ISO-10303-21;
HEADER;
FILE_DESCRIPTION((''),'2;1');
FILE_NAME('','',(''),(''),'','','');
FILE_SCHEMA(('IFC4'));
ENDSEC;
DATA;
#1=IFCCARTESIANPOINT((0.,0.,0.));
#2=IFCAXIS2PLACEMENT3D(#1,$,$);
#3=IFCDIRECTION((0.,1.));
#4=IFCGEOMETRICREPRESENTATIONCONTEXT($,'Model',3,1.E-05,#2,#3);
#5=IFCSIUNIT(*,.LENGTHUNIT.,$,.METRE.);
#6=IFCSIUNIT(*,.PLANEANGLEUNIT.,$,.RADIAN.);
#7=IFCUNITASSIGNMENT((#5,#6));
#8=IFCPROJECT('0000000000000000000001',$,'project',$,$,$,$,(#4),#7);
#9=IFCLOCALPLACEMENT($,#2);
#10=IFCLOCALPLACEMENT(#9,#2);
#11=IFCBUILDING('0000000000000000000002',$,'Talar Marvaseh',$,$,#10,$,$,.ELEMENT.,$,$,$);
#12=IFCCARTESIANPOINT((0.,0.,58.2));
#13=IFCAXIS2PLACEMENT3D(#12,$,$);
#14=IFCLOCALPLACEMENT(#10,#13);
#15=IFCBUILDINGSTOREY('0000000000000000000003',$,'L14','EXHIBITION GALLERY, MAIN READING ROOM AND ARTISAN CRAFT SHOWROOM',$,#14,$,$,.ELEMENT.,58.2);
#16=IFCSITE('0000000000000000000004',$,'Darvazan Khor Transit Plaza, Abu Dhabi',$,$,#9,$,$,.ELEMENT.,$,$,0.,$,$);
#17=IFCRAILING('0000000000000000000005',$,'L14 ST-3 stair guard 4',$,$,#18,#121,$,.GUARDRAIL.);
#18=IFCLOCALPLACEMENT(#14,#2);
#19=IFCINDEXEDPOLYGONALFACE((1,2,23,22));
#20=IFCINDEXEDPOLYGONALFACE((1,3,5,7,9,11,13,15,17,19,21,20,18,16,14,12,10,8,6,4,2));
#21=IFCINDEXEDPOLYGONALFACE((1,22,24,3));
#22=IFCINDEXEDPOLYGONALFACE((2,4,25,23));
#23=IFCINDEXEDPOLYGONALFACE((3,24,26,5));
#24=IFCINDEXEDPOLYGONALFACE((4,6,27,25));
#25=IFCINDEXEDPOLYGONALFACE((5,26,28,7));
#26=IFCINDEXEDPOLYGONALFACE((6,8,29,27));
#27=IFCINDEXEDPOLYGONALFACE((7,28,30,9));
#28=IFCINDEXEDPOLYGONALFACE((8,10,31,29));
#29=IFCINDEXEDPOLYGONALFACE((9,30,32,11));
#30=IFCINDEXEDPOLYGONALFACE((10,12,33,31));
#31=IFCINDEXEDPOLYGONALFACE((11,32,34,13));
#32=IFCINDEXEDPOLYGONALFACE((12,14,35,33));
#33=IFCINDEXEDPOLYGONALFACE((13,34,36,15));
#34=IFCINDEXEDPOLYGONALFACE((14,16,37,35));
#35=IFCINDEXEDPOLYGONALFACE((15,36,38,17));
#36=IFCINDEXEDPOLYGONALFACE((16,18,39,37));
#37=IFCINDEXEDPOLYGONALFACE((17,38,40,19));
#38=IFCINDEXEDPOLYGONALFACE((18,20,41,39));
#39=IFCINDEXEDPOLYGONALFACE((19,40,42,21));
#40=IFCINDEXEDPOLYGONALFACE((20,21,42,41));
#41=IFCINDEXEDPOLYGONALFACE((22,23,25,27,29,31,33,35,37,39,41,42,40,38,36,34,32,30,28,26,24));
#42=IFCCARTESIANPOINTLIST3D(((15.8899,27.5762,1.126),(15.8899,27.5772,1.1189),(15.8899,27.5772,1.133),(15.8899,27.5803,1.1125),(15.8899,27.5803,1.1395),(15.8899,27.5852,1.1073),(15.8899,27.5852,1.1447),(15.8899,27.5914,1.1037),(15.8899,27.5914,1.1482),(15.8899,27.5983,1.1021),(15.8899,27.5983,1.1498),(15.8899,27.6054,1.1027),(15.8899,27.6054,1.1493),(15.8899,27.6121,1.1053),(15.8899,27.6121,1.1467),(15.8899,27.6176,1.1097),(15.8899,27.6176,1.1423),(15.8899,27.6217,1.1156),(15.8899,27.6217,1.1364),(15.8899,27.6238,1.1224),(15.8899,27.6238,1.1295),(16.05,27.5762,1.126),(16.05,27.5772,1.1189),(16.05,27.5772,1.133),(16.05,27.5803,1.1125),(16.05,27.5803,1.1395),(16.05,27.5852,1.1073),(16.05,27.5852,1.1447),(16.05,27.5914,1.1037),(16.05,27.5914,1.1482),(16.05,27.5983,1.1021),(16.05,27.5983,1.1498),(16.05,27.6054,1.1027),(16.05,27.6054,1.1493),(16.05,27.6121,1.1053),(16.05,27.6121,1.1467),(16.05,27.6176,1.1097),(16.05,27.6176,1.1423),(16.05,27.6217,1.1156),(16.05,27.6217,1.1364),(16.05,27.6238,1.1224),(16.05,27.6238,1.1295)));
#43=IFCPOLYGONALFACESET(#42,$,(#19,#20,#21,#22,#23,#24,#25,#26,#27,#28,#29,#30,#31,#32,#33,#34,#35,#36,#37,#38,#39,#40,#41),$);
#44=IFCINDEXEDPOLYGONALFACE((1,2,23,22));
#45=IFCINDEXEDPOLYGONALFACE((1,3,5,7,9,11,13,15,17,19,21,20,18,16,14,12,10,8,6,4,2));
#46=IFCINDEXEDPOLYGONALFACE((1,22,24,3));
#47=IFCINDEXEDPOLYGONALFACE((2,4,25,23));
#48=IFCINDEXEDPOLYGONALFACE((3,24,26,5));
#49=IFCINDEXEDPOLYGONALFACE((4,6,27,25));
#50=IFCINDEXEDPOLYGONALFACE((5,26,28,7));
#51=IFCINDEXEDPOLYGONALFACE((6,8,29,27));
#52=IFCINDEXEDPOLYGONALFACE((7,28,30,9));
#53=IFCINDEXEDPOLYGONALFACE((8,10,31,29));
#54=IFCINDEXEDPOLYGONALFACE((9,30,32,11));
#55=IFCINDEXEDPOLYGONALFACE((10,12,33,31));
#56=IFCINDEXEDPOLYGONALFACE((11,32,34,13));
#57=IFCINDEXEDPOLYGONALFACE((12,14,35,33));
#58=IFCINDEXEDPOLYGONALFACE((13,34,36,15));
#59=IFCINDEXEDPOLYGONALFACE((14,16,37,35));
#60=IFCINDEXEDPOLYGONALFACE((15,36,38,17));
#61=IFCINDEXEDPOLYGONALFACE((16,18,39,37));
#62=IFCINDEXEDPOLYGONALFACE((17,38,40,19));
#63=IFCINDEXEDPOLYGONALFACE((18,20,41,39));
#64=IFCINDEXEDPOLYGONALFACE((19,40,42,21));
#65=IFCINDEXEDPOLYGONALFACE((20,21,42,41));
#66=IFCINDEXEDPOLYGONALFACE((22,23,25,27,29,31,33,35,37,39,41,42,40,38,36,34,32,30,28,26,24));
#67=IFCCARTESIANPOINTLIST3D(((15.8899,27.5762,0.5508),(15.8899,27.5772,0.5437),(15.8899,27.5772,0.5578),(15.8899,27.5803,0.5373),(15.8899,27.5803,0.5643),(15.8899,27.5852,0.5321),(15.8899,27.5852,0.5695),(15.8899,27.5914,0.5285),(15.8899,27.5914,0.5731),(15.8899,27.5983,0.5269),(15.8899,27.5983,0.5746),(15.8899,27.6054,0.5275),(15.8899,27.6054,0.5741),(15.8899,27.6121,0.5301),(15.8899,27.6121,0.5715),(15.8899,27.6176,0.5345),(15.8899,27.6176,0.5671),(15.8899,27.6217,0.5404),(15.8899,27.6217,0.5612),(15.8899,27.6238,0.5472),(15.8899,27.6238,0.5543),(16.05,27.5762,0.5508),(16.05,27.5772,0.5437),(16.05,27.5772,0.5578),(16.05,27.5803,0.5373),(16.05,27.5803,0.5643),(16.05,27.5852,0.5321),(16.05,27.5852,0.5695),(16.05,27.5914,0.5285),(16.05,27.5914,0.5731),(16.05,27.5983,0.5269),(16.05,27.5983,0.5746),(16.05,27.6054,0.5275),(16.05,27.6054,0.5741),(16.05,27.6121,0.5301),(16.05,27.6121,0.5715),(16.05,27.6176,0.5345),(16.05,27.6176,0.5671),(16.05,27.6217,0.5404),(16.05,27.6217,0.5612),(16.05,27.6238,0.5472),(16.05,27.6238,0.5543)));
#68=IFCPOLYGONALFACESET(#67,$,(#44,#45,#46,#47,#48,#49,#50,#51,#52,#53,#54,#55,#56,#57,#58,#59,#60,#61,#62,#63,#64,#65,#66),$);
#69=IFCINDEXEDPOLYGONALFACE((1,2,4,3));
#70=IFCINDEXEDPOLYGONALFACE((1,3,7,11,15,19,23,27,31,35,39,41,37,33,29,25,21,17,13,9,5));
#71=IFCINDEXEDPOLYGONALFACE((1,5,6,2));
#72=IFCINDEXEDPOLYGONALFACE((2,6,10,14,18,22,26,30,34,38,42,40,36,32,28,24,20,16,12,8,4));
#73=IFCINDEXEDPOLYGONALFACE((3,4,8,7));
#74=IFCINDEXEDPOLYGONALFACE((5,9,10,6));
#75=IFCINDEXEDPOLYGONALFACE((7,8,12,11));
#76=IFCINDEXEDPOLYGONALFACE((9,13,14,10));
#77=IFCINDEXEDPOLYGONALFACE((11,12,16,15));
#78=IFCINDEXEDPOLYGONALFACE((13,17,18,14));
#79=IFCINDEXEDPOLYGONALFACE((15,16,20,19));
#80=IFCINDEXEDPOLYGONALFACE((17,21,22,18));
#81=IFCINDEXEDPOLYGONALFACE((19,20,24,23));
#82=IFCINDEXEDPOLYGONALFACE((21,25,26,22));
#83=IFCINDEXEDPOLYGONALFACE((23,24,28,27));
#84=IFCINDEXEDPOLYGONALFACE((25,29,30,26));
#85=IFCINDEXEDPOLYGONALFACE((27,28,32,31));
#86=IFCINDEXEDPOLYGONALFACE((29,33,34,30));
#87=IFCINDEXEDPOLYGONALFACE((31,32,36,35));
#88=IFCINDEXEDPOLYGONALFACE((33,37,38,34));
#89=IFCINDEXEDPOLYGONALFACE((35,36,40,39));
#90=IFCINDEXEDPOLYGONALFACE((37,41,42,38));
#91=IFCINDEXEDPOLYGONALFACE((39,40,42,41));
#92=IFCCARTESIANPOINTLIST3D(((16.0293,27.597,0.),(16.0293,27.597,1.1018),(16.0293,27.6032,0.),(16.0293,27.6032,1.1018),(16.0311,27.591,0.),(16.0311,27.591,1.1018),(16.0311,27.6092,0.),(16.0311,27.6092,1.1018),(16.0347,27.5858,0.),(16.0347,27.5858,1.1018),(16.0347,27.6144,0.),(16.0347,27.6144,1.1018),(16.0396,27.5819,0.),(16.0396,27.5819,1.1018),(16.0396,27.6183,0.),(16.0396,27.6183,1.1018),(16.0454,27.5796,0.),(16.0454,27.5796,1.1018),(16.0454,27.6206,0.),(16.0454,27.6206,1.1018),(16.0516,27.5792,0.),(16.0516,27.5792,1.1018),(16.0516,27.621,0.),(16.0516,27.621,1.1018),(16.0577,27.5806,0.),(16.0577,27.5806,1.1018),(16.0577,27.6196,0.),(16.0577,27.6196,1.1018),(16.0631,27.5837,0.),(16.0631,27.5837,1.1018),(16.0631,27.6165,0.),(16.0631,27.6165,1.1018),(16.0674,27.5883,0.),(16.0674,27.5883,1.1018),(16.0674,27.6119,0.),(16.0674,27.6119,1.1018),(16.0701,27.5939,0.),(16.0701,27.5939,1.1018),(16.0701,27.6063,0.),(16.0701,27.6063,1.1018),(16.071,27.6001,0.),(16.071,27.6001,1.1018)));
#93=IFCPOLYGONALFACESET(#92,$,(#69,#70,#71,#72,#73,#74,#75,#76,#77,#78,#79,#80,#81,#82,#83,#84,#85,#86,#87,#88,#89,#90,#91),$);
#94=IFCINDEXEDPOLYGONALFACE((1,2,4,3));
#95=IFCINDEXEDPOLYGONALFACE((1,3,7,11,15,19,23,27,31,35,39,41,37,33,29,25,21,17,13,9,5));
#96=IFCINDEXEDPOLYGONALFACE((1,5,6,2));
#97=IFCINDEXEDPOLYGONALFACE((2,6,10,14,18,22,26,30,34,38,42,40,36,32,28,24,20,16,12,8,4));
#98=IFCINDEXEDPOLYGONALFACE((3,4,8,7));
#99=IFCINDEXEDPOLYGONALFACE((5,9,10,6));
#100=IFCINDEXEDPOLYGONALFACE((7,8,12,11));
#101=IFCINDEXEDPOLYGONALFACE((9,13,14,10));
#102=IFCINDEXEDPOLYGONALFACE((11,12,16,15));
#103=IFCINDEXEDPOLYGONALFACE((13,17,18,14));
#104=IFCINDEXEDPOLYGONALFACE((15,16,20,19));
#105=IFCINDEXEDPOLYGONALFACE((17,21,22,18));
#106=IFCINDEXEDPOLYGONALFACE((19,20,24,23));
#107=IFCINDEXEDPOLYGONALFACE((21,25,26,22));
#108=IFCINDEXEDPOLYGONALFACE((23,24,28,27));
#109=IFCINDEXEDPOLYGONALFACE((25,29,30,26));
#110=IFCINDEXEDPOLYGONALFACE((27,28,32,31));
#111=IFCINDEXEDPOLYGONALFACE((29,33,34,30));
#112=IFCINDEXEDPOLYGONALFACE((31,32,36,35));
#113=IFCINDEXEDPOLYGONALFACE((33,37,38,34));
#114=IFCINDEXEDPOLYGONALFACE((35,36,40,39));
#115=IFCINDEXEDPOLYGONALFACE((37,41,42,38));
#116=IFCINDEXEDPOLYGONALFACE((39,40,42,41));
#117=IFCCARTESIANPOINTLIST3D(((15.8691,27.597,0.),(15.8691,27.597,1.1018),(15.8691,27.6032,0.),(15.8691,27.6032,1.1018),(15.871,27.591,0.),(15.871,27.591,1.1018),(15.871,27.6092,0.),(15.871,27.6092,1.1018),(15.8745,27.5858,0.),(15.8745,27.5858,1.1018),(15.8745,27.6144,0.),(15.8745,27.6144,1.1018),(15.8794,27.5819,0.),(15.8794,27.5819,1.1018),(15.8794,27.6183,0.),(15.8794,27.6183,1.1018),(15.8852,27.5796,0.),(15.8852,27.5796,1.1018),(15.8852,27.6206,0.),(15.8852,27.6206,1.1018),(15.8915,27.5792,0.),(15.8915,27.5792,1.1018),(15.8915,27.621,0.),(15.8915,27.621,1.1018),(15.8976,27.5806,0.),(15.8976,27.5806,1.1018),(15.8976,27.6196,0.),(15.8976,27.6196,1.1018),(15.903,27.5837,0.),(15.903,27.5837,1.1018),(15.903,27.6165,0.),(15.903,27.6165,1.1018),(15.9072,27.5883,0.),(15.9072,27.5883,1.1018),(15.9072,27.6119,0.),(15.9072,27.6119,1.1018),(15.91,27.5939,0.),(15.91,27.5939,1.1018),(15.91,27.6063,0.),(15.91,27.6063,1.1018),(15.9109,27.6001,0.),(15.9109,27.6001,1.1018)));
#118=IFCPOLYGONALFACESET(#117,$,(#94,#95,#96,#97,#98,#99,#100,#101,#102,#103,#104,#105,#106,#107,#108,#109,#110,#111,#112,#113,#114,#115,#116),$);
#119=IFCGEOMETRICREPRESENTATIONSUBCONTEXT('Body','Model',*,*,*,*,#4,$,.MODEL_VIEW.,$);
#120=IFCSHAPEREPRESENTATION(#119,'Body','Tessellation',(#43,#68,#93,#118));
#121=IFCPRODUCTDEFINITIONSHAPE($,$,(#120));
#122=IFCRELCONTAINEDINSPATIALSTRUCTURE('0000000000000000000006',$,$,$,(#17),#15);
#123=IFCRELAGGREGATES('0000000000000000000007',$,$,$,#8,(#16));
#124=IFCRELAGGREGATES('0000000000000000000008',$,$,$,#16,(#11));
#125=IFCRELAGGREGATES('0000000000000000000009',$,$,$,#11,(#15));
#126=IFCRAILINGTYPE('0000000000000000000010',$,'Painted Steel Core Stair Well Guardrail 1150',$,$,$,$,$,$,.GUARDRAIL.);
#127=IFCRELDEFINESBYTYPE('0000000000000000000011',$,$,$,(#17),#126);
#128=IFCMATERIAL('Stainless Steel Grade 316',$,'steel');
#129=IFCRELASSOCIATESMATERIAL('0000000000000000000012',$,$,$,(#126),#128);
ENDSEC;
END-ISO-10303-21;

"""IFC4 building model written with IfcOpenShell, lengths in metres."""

from ifc_helpers import new_model, si_unit, direction, frame, origin, origin_2d, place, context, subcontext, project, spatial, circle, extrude, material, type_object, element, save


model = new_model("IFC4")

# Units and contexts
model_context = context("Model", 3, precision=1e-05, world=origin(), true_north=direction((0.0, 1.0)))
body_context = subcontext(model_context, "Body", "Model", "MODEL_VIEW")
ifc_project = project(units=[si_unit("LENGTHUNIT", "METRE"), si_unit("PLANEANGLEUNIT", "RADIAN")], contexts=[model_context])

# Site, building, storey
site_placement = place(None, origin())
site = spatial("IfcSite", under=ifc_project, at=site_placement, Name="Darvazan Khor Transit Plaza, Abu Dhabi", CompositionType="ELEMENT", RefElevation=0.0)
building_placement = place(site_placement, origin())
building = spatial("IfcBuilding", under=site, at=building_placement, Name="Talar Marvaseh", CompositionType="ELEMENT")
storey_placement = place(building_placement, frame((0.0, 0.0, 58.2)))
storey = spatial("IfcBuildingStorey", under=building, at=storey_placement, Name="L14", Description="EXHIBITION GALLERY, MAIN READING ROOM AND ARTISAN CRAFT SHOWROOM", CompositionType="ELEMENT", Elevation=58.2)

# Railing
ifc_material_1 = material(Name="Stainless Steel Grade 316", Category="steel")
railing_type_1 = type_object("IfcRailingType", Name="Painted Steel Core Stair Well Guardrail 1150", PredefinedType="GUARDRAIL", material=ifc_material_1)
railing_1_placement = place(storey_placement, frame((16.05, 27.6001, 0.0)))
element("IfcRailing", 1, at=railing_1_placement, inside=storey, type_object=railing_type_1, Name="L14 ST-3 stair guard 4", PredefinedType="GUARDRAIL", context=body_context, shape_type="SweptSolid", body=[
    extrude(circle(Radius=0.0239, at=origin_2d()), frame((0.0, 0.0, 1.126), z_axis=(-1.0, 0.0, 0.0), x_axis=(0.0, -1.0, 0.0)), (0.0, 0.0, 1.0), 0.1602),
    extrude(circle(Radius=0.0239, at=origin_2d()), frame((0.0, 0.0, 0.5508), z_axis=(-1.0, 0.0, 0.0), x_axis=(0.0, -1.0, 0.0)), (0.0, 0.0, 1.0), 0.1602),
    extrude(circle(Radius=0.021, at=origin_2d()), origin(), (0.0, 0.0, 1.0), 1.1018),
    extrude(circle(Radius=0.021, at=origin_2d()), frame((-0.1602, 0.0, 0.0)), (0.0, 0.0, 1.0), 1.1018),
])

save(model, "model.ifc")
